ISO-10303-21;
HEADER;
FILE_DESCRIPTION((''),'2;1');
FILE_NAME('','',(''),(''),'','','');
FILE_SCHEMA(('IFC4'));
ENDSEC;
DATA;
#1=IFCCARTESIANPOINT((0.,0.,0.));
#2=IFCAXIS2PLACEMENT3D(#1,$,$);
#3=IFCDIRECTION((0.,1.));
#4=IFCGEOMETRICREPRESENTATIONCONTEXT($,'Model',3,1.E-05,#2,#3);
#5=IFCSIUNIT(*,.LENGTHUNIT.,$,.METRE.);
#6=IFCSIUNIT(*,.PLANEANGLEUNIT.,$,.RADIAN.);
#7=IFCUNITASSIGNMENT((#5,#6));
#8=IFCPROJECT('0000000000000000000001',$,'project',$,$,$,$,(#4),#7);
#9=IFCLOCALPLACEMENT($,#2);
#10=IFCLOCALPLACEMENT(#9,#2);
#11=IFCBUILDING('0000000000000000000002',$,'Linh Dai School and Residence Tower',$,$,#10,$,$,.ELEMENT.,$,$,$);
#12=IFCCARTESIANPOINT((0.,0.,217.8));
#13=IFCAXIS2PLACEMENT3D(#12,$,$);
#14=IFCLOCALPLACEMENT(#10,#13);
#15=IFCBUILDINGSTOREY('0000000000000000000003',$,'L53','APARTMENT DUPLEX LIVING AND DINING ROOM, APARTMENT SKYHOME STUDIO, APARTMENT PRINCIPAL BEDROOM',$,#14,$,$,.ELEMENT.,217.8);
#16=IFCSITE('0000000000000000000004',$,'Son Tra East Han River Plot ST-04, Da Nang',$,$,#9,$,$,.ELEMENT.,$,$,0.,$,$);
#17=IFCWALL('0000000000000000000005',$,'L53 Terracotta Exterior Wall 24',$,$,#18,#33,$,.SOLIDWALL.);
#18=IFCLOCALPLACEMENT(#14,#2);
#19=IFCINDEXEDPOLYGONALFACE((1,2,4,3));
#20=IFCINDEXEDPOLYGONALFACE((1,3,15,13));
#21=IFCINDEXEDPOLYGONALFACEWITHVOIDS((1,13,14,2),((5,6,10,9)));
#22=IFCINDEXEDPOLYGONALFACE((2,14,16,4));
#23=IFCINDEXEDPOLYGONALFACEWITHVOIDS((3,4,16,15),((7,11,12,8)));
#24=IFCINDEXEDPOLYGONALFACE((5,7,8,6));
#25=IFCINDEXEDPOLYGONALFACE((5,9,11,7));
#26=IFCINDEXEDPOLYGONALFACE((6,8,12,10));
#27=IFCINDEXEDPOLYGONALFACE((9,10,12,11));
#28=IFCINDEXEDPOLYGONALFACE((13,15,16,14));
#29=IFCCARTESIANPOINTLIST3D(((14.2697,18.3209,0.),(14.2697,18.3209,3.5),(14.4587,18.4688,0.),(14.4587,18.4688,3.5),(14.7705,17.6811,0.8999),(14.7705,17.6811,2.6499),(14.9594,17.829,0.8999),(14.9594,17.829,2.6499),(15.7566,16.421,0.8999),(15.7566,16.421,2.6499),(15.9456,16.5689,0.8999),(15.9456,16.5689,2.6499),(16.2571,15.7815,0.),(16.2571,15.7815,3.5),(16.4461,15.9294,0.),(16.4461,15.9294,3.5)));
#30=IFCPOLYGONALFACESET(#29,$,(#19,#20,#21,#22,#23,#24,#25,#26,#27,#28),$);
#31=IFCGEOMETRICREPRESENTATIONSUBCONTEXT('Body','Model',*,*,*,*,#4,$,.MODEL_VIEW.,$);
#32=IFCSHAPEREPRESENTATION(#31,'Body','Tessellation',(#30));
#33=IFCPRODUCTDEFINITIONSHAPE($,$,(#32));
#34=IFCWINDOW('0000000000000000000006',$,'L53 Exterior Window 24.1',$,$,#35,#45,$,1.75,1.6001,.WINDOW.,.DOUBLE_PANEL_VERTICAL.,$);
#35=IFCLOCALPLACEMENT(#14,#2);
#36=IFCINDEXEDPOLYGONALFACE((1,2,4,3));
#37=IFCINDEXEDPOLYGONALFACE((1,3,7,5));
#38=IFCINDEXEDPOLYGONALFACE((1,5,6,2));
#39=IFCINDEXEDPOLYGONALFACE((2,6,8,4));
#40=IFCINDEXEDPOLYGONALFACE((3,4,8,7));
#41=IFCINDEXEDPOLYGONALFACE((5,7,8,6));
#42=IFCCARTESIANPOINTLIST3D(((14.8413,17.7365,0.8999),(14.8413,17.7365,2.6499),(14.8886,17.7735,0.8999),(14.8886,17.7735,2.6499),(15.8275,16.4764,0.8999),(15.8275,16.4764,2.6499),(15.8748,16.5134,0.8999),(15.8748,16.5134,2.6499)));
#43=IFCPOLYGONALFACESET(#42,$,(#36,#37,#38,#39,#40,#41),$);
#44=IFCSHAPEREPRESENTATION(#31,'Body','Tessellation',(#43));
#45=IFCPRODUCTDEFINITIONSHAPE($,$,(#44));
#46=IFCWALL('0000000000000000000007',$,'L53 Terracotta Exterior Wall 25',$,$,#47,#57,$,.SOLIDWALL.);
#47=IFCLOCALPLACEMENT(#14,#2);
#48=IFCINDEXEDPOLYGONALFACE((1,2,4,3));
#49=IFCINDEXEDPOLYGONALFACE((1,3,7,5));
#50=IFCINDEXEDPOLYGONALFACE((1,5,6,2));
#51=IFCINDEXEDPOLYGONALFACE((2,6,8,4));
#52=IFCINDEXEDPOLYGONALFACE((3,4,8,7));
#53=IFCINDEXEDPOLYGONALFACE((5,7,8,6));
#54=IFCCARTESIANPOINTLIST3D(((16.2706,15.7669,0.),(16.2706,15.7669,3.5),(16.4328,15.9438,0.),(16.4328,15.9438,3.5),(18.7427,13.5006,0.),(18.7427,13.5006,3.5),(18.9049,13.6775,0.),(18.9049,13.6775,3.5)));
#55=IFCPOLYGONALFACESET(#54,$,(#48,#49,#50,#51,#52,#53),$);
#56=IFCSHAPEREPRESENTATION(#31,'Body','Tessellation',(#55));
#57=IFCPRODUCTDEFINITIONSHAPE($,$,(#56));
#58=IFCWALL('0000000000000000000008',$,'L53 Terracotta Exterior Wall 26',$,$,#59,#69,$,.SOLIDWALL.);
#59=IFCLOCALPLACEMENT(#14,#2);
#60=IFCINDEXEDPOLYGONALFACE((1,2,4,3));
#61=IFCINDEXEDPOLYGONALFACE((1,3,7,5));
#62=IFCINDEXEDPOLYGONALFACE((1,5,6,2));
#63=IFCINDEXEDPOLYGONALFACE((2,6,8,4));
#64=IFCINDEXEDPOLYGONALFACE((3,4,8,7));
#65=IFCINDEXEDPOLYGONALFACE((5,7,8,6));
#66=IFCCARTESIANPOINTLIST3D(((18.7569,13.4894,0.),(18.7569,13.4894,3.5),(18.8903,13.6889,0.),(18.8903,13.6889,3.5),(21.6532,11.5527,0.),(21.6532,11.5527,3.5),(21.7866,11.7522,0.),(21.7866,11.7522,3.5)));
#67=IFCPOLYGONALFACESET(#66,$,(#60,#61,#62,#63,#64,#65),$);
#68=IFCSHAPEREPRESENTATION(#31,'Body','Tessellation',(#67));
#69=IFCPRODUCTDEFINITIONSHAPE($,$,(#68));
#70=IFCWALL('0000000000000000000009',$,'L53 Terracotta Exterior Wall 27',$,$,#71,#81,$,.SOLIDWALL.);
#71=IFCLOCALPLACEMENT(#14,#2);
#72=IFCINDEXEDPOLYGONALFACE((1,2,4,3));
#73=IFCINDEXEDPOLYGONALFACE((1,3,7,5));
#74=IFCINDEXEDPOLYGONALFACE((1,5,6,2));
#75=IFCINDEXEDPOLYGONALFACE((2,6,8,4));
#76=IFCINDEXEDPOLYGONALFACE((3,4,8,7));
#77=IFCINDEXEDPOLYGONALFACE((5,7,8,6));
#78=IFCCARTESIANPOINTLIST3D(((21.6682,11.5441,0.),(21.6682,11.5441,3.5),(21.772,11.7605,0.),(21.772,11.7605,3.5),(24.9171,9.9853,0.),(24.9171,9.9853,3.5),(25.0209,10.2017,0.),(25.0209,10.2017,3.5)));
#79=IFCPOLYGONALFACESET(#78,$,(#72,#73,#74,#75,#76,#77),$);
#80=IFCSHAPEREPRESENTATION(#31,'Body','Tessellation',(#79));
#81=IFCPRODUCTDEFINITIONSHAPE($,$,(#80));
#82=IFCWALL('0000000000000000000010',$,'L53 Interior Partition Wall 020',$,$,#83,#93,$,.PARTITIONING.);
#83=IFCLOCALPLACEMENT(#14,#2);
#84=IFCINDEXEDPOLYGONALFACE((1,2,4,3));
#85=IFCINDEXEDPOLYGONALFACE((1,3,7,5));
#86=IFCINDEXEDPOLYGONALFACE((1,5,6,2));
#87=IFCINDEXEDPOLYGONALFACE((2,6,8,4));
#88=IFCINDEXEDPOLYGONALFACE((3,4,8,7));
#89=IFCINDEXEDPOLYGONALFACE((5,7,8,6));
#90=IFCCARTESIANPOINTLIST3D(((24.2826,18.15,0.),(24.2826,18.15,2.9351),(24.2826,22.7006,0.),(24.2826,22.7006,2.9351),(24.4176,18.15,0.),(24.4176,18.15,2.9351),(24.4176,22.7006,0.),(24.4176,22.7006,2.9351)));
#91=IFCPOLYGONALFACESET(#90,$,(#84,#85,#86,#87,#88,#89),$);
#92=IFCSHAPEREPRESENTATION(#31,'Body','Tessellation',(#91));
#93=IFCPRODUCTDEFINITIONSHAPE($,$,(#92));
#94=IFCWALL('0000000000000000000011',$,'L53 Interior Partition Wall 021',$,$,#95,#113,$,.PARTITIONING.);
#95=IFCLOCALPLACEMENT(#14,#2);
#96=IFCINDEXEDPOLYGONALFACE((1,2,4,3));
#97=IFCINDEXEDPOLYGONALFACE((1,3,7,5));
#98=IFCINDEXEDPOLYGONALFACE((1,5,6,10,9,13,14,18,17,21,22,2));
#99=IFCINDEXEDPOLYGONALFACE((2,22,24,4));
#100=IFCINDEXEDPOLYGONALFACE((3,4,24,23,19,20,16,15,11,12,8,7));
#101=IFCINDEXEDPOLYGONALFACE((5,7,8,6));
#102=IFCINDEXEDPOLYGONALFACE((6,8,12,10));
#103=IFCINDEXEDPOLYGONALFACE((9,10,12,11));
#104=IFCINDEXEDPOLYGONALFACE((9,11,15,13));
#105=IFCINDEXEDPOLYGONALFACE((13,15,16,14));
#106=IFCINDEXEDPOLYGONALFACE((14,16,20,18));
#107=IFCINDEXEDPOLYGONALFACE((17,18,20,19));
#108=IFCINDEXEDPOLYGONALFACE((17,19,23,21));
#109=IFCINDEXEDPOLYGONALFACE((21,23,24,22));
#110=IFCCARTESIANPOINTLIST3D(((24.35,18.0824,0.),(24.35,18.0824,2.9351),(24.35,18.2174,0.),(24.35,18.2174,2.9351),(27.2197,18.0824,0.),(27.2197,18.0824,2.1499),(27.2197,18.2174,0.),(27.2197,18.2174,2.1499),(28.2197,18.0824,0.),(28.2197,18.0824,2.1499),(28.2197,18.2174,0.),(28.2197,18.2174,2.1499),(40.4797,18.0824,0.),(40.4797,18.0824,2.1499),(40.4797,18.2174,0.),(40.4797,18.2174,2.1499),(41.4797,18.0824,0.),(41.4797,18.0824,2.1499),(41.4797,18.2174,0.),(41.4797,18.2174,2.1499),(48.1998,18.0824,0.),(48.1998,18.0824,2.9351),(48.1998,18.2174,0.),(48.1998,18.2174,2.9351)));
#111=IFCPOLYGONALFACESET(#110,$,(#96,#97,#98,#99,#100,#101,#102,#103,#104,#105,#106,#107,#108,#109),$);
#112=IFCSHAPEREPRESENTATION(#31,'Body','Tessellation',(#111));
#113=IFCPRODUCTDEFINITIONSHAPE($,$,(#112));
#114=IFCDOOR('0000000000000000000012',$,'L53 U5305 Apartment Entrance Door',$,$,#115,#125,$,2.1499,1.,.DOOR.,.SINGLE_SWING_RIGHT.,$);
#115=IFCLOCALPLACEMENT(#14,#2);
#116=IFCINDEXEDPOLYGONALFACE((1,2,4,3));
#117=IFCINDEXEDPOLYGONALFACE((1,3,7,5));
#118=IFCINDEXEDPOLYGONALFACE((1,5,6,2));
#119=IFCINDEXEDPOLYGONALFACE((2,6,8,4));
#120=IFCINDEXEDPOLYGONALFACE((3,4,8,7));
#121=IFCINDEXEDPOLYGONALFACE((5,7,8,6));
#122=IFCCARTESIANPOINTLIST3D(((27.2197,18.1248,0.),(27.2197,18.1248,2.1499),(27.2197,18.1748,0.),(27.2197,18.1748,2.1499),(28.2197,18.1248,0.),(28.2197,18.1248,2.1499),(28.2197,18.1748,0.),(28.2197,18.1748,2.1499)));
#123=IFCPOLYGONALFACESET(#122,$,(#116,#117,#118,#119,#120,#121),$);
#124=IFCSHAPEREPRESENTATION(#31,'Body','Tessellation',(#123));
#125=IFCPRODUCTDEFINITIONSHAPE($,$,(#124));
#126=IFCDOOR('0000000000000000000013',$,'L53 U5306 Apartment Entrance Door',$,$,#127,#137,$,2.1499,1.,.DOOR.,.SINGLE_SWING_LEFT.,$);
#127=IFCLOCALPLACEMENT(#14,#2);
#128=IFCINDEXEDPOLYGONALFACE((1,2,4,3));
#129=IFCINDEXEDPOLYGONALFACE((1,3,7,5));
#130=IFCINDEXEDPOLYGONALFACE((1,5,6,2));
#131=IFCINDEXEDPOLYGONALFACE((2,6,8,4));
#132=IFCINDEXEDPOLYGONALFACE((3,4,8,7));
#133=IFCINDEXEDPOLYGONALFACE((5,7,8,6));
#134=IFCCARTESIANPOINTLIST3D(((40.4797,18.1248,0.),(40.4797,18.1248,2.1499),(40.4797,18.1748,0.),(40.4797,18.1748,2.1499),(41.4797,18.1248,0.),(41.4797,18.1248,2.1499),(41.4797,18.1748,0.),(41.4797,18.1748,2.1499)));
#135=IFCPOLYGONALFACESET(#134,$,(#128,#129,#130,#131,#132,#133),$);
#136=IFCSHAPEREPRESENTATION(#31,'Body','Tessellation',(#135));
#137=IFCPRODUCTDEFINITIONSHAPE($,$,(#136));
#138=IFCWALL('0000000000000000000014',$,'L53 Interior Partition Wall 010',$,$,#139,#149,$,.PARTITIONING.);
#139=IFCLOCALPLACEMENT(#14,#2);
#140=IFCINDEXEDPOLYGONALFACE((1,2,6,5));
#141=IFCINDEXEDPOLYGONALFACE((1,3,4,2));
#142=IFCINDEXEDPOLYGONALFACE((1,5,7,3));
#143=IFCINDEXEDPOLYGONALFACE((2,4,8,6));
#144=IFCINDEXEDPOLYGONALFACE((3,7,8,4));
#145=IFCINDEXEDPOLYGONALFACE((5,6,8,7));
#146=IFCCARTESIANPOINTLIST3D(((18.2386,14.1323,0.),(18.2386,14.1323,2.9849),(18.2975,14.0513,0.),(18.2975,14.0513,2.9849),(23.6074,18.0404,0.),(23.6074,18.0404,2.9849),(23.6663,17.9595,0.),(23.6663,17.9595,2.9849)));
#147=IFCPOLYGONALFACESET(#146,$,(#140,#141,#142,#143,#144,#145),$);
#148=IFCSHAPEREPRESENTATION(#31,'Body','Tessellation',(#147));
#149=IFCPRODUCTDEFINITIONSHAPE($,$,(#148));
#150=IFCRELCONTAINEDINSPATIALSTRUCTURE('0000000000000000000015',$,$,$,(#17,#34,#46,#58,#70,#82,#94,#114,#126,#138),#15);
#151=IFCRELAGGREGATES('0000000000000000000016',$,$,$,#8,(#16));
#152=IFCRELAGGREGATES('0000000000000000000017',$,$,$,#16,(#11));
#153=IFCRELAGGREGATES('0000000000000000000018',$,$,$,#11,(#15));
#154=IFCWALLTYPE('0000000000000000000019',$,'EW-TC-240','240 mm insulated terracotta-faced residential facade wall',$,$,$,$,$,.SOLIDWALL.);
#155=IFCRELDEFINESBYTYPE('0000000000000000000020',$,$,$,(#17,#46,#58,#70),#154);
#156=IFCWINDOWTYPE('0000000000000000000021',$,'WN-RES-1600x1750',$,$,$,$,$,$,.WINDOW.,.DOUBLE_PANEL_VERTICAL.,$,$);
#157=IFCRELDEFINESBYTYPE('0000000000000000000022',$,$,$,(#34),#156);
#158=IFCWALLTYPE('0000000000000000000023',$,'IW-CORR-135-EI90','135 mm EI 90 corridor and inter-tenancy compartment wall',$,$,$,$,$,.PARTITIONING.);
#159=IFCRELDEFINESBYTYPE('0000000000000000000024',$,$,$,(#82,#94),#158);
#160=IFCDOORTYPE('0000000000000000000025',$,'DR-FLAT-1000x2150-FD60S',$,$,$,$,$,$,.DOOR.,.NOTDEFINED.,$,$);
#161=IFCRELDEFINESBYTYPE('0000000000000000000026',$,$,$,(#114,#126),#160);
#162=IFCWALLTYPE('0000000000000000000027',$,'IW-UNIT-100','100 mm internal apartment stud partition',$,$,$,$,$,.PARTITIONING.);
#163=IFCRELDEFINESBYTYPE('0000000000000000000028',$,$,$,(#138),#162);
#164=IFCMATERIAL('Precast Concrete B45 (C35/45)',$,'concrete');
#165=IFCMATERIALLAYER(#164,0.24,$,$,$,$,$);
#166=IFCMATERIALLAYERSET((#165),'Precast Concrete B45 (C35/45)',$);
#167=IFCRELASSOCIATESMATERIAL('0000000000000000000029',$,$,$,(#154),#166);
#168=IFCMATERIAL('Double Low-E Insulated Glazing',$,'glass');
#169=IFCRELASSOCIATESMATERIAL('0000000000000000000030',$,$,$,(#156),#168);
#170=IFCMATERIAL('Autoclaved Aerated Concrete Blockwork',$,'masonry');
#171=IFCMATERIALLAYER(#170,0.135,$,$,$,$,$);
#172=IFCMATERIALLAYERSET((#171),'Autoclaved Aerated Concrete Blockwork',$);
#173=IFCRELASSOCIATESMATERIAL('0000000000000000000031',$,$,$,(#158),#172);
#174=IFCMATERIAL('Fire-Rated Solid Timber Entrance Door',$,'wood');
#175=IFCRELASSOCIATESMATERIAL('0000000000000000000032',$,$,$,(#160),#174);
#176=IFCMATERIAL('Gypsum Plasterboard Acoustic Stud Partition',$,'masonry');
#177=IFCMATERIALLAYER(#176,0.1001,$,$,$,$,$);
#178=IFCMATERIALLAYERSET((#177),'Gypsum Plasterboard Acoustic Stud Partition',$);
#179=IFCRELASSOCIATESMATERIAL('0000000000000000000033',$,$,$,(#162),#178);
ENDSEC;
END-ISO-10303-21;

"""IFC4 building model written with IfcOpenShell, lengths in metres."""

from ifc_helpers import new_model, si_unit, direction, frame, frame_2d, origin, origin_2d, place, context, subcontext, project, spatial, rectangle, extrude, source, transform, mapped, material, layer, layer_set, type_object, element, fill, save


model = new_model("IFC4")

# Units and contexts
model_context = context("Model", 3, precision=1e-05, world=origin(), true_north=direction((0.0, 1.0)))
body_context = subcontext(model_context, "Body", "Model", "MODEL_VIEW")
ifc_project = project(units=[si_unit("LENGTHUNIT", "METRE"), si_unit("PLANEANGLEUNIT", "RADIAN")], contexts=[model_context])

# Site, building, storey
site_placement = place(None, origin())
site = spatial("IfcSite", under=ifc_project, at=site_placement, Name="Son Tra East Han River Plot ST-04, Da Nang", CompositionType="ELEMENT", RefElevation=0.0)
building_placement = place(site_placement, origin())
building = spatial("IfcBuilding", under=site, at=building_placement, Name="Linh Dai School and Residence Tower", CompositionType="ELEMENT")
storey_placement = place(building_placement, frame((0.0, 0.0, 217.8)))
storey = spatial("IfcBuildingStorey", under=building, at=storey_placement, Name="L53", Description="APARTMENT DUPLEX LIVING AND DINING ROOM, APARTMENT SKYHOME STUDIO, APARTMENT PRINCIPAL BEDROOM", CompositionType="ELEMENT", Elevation=217.8)

# Shared definitions
ifc_material_1 = material(Name="Precast Concrete B45 (C35/45)", Category="concrete")

# Wall, opening, window
ifc_layer_1 = layer(ifc_material_1, 0.24)
ifc_layer_set_1 = layer_set([ifc_layer_1], Name="Precast Concrete B45 (C35/45)")
wall_type_1 = type_object("IfcWallType", Name="EW-TC-240", Description="240 mm insulated terracotta-faced residential facade wall", PredefinedType="SOLIDWALL", material=ifc_layer_set_1)
wall_1_placement = place(storey_placement, frame((16.3516, 15.8555, 0.0), z_axis=(0.0, 0.0, 1.0), x_axis=(-0.616312, 0.787502, 0.0)))
wall_1 = element("IfcWall", 1, at=wall_1_placement, inside=storey, type_object=wall_type_1, Name="L53 Terracotta Exterior Wall 24", PredefinedType="SOLIDWALL", context=body_context, shape_type="SweptSolid", body=[
    extrude(rectangle(XDim=3.2246, YDim=0.24, at=frame_2d((1.6123, 0.0))), origin(), (0.0, 0.0, 1.0), 3.5),
])
opening_1_placement = place(wall_1_placement, frame((0.812, 0.0, 0.8999)))
opening_1 = element("IfcOpeningElement", 2, at=opening_1_placement, cuts=wall_1, PredefinedType="OPENING", context=body_context, shape_type="SweptSolid", body=[
    extrude(rectangle(XDim=1.6001, YDim=1.75, at=origin_2d()), frame((0.8, 0.1299, 0.875), z_axis=(0.0, -1.0, 0.0), x_axis=(1.0, 0.0, 0.0)), (0.0, 0.0, 1.0), 0.26),
])
ifc_material_2 = material(Name="Double Low-E Insulated Glazing", Category="glass")
window_type = type_object("IfcWindowType", Name="WN-RES-1600x1750", PartitioningType="DOUBLE_PANEL_VERTICAL", PredefinedType="WINDOW", material=ifc_material_2)
shared_shape_1 = source(origin(), body_context, "Body", "SweptSolid", [
    extrude(rectangle(XDim=1.6001, YDim=1.75, at=origin_2d()), frame((0.8, 0.03, 0.875), z_axis=(0.0, -1.0, 0.0), x_axis=(1.0, 0.0, 0.0)), (0.0, 0.0, 1.0), 0.0601),
])
window_placement = place(opening_1_placement, origin())
window = element("IfcWindow", 3, at=window_placement, inside=storey, type_object=window_type, Name="L53 Exterior Window 24.1", OverallHeight=1.75, OverallWidth=1.6001, PartitioningType="DOUBLE_PANEL_VERTICAL", PredefinedType="WINDOW", context=body_context, shape_type="MappedRepresentation", body=[
    mapped(shared_shape_1, transform((0.0, 0.0, 0.0), x_axis=(1.0, 0.0, 0.0), y_axis=(0.0, 1.0, 0.0), z_axis=(0.0, 0.0, 1.0), scale=1.0)),
])
fill(opening_1, window)

# Walls
wall_2_placement = place(storey_placement, frame((18.8237, 13.5891, 0.0), z_axis=(0.0, 0.0, 1.0), x_axis=(-0.737124, 0.675758, 0.0)))
element("IfcWall", 4, at=wall_2_placement, inside=storey, type_object=wall_type_1, Name="L53 Terracotta Exterior Wall 25", PredefinedType="SOLIDWALL", context=body_context, shape_type="SweptSolid", body=[
    extrude(rectangle(XDim=3.3538, YDim=0.24, at=frame_2d((1.6768, 0.0))), origin(), (0.0, 0.0, 1.0), 3.5),
])
wall_3_placement = place(storey_placement, frame((21.72, 11.6523, 0.0), z_axis=(0.0, 0.0, 1.0), x_axis=(-0.831262, 0.55588, 0.0)))
element("IfcWall", 5, at=wall_3_placement, inside=storey, type_object=wall_type_1, Name="L53 Terracotta Exterior Wall 26", PredefinedType="SOLIDWALL", context=body_context, shape_type="SweptSolid", body=[
    extrude(rectangle(XDim=3.4841, YDim=0.24, at=frame_2d((1.7422, 0.0))), origin(), (0.0, 0.0, 1.0), 3.5),
])
wall_4_placement = place(storey_placement, frame((24.969, 10.0935, 0.0), z_axis=(0.0, 0.0, 1.0), x_axis=(-0.901598, 0.432575, 0.0)))
element("IfcWall", 6, at=wall_4_placement, inside=storey, type_object=wall_type_1, Name="L53 Terracotta Exterior Wall 27", PredefinedType="SOLIDWALL", context=body_context, shape_type="SweptSolid", body=[
    extrude(rectangle(XDim=3.6035, YDim=0.24, at=frame_2d((1.8018, 0.0))), origin(), (0.0, 0.0, 1.0), 3.5),
])
ifc_material_3 = material(Name="Autoclaved Aerated Concrete Blockwork", Category="masonry")
ifc_layer_2 = layer(ifc_material_3, 0.135)
ifc_layer_set_2 = layer_set([ifc_layer_2], Name="Autoclaved Aerated Concrete Blockwork")
wall_type_2 = type_object("IfcWallType", Name="IW-CORR-135-EI90", Description="135 mm EI 90 corridor and inter-tenancy compartment wall", PredefinedType="PARTITIONING", material=ifc_layer_set_2)
wall_5_placement = place(storey_placement, frame((24.3501, 18.1499, 0.0), z_axis=(0.0, 0.0, 1.0), x_axis=(0.0, 1.0, 0.0)))
element("IfcWall", 7, at=wall_5_placement, inside=storey, type_object=wall_type_2, Name="L53 Interior Partition Wall 020", PredefinedType="PARTITIONING", context=body_context, shape_type="SweptSolid", body=[
    extrude(rectangle(XDim=4.5505, YDim=0.135, at=frame_2d((2.2754, 0.0))), origin(), (0.0, 0.0, 1.0), 2.9351),
])

# Wall, openings, doors
wall_6_placement = place(storey_placement, frame((24.3501, 18.1499, 0.0), z_axis=(0.0, 0.0, 1.0), x_axis=(1.0, 0.0, 0.0)))
wall_6 = element("IfcWall", 8, at=wall_6_placement, inside=storey, type_object=wall_type_2, Name="L53 Interior Partition Wall 021", PredefinedType="PARTITIONING", context=body_context, shape_type="SweptSolid", body=[
    extrude(rectangle(XDim=23.8499, YDim=0.135, at=frame_2d((11.9248, 0.0))), origin(), (0.0, 0.0, 1.0), 2.9351),
])
opening_2_placement = place(wall_6_placement, frame((2.8696, 0.0, 0.0)))
opening_2 = element("IfcOpeningElement", 9, at=opening_2_placement, cuts=wall_6, PredefinedType="OPENING", context=body_context, shape_type="SweptSolid", body=[
    extrude(rectangle(XDim=1.0, YDim=2.1499, at=origin_2d()), frame((0.5, 0.0776, 1.075), z_axis=(0.0, -1.0, 0.0), x_axis=(1.0, 0.0, 0.0)), (0.0, 0.0, 1.0), 0.155),
])
opening_3_placement = place(wall_6_placement, frame((16.1296, 0.0, 0.0)))
opening_3 = element("IfcOpeningElement", 10, at=opening_3_placement, cuts=wall_6, PredefinedType="OPENING", context=body_context, shape_type="SweptSolid", body=[
    extrude(rectangle(XDim=1.0, YDim=2.1499, at=origin_2d()), frame((0.5, 0.0776, 1.075), z_axis=(0.0, -1.0, 0.0), x_axis=(1.0, 0.0, 0.0)), (0.0, 0.0, 1.0), 0.155),
])
ifc_material_4 = material(Name="Fire-Rated Solid Timber Entrance Door", Category="wood")
door_type_1 = type_object("IfcDoorType", Name="DR-FLAT-1000x2150-FD60S", OperationType="NOTDEFINED", PredefinedType="DOOR", material=ifc_material_4)
shared_shape_2 = source(origin(), body_context, "Body", "SweptSolid", [
    extrude(rectangle(XDim=1.0, YDim=2.1499, at=origin_2d()), frame((0.5, 0.0249, 1.075), z_axis=(0.0, -1.0, 0.0), x_axis=(1.0, 0.0, 0.0)), (0.0, 0.0, 1.0), 0.05),
])
door_1_placement = place(opening_2_placement, origin())
door_1 = element("IfcDoor", 11, at=door_1_placement, inside=storey, type_object=door_type_1, Name="L53 U5305 Apartment Entrance Door", OperationType="SINGLE_SWING_RIGHT", OverallHeight=2.1499, OverallWidth=1.0, PredefinedType="DOOR", context=body_context, shape_type="MappedRepresentation", body=[
    mapped(shared_shape_2, transform((0.0, 0.0, 0.0), x_axis=(1.0, 0.0, 0.0), y_axis=(0.0, 1.0, 0.0), z_axis=(0.0, 0.0, 1.0), scale=1.0)),
])
fill(opening_2, door_1)
door_2_placement = place(opening_3_placement, origin())
door_2 = element("IfcDoor", 12, at=door_2_placement, inside=storey, type_object=door_type_1, Name="L53 U5306 Apartment Entrance Door", OperationType="SINGLE_SWING_LEFT", OverallHeight=2.1499, OverallWidth=1.0, PredefinedType="DOOR", context=body_context, shape_type="MappedRepresentation", body=[
    mapped(shared_shape_2, transform((0.0, 0.0, 0.0), x_axis=(1.0, 0.0, 0.0), y_axis=(0.0, 1.0, 0.0), z_axis=(0.0, 0.0, 1.0), scale=1.0)),
])
fill(opening_3, door_2)

# Wall
ifc_material_5 = material(Name="Gypsum Plasterboard Acoustic Stud Partition", Category="masonry")
ifc_layer_3 = layer(ifc_material_5, 0.1001)
ifc_layer_set_3 = layer_set([ifc_layer_3], Name="Gypsum Plasterboard Acoustic Stud Partition")
wall_type_3 = type_object("IfcWallType", Name="IW-UNIT-100", Description="100 mm internal apartment stud partition", PredefinedType="PARTITIONING", material=ifc_layer_set_3)
wall_7_placement = place(storey_placement, frame((18.2681, 14.0918, 0.0), z_axis=(0.0, 0.0, 1.0), x_axis=(0.808482, 0.588521, 0.0)))
element("IfcWall", 13, at=wall_7_placement, inside=storey, type_object=wall_type_3, Name="L53 Interior Partition Wall 010", PredefinedType="PARTITIONING", context=body_context, shape_type="SweptSolid", body=[
    extrude(rectangle(XDim=6.6406, YDim=0.1001, at=frame_2d((3.3203, 0.0))), origin(), (0.0, 0.0, 1.0), 2.9849),
])

save(model, "model.ifc")
